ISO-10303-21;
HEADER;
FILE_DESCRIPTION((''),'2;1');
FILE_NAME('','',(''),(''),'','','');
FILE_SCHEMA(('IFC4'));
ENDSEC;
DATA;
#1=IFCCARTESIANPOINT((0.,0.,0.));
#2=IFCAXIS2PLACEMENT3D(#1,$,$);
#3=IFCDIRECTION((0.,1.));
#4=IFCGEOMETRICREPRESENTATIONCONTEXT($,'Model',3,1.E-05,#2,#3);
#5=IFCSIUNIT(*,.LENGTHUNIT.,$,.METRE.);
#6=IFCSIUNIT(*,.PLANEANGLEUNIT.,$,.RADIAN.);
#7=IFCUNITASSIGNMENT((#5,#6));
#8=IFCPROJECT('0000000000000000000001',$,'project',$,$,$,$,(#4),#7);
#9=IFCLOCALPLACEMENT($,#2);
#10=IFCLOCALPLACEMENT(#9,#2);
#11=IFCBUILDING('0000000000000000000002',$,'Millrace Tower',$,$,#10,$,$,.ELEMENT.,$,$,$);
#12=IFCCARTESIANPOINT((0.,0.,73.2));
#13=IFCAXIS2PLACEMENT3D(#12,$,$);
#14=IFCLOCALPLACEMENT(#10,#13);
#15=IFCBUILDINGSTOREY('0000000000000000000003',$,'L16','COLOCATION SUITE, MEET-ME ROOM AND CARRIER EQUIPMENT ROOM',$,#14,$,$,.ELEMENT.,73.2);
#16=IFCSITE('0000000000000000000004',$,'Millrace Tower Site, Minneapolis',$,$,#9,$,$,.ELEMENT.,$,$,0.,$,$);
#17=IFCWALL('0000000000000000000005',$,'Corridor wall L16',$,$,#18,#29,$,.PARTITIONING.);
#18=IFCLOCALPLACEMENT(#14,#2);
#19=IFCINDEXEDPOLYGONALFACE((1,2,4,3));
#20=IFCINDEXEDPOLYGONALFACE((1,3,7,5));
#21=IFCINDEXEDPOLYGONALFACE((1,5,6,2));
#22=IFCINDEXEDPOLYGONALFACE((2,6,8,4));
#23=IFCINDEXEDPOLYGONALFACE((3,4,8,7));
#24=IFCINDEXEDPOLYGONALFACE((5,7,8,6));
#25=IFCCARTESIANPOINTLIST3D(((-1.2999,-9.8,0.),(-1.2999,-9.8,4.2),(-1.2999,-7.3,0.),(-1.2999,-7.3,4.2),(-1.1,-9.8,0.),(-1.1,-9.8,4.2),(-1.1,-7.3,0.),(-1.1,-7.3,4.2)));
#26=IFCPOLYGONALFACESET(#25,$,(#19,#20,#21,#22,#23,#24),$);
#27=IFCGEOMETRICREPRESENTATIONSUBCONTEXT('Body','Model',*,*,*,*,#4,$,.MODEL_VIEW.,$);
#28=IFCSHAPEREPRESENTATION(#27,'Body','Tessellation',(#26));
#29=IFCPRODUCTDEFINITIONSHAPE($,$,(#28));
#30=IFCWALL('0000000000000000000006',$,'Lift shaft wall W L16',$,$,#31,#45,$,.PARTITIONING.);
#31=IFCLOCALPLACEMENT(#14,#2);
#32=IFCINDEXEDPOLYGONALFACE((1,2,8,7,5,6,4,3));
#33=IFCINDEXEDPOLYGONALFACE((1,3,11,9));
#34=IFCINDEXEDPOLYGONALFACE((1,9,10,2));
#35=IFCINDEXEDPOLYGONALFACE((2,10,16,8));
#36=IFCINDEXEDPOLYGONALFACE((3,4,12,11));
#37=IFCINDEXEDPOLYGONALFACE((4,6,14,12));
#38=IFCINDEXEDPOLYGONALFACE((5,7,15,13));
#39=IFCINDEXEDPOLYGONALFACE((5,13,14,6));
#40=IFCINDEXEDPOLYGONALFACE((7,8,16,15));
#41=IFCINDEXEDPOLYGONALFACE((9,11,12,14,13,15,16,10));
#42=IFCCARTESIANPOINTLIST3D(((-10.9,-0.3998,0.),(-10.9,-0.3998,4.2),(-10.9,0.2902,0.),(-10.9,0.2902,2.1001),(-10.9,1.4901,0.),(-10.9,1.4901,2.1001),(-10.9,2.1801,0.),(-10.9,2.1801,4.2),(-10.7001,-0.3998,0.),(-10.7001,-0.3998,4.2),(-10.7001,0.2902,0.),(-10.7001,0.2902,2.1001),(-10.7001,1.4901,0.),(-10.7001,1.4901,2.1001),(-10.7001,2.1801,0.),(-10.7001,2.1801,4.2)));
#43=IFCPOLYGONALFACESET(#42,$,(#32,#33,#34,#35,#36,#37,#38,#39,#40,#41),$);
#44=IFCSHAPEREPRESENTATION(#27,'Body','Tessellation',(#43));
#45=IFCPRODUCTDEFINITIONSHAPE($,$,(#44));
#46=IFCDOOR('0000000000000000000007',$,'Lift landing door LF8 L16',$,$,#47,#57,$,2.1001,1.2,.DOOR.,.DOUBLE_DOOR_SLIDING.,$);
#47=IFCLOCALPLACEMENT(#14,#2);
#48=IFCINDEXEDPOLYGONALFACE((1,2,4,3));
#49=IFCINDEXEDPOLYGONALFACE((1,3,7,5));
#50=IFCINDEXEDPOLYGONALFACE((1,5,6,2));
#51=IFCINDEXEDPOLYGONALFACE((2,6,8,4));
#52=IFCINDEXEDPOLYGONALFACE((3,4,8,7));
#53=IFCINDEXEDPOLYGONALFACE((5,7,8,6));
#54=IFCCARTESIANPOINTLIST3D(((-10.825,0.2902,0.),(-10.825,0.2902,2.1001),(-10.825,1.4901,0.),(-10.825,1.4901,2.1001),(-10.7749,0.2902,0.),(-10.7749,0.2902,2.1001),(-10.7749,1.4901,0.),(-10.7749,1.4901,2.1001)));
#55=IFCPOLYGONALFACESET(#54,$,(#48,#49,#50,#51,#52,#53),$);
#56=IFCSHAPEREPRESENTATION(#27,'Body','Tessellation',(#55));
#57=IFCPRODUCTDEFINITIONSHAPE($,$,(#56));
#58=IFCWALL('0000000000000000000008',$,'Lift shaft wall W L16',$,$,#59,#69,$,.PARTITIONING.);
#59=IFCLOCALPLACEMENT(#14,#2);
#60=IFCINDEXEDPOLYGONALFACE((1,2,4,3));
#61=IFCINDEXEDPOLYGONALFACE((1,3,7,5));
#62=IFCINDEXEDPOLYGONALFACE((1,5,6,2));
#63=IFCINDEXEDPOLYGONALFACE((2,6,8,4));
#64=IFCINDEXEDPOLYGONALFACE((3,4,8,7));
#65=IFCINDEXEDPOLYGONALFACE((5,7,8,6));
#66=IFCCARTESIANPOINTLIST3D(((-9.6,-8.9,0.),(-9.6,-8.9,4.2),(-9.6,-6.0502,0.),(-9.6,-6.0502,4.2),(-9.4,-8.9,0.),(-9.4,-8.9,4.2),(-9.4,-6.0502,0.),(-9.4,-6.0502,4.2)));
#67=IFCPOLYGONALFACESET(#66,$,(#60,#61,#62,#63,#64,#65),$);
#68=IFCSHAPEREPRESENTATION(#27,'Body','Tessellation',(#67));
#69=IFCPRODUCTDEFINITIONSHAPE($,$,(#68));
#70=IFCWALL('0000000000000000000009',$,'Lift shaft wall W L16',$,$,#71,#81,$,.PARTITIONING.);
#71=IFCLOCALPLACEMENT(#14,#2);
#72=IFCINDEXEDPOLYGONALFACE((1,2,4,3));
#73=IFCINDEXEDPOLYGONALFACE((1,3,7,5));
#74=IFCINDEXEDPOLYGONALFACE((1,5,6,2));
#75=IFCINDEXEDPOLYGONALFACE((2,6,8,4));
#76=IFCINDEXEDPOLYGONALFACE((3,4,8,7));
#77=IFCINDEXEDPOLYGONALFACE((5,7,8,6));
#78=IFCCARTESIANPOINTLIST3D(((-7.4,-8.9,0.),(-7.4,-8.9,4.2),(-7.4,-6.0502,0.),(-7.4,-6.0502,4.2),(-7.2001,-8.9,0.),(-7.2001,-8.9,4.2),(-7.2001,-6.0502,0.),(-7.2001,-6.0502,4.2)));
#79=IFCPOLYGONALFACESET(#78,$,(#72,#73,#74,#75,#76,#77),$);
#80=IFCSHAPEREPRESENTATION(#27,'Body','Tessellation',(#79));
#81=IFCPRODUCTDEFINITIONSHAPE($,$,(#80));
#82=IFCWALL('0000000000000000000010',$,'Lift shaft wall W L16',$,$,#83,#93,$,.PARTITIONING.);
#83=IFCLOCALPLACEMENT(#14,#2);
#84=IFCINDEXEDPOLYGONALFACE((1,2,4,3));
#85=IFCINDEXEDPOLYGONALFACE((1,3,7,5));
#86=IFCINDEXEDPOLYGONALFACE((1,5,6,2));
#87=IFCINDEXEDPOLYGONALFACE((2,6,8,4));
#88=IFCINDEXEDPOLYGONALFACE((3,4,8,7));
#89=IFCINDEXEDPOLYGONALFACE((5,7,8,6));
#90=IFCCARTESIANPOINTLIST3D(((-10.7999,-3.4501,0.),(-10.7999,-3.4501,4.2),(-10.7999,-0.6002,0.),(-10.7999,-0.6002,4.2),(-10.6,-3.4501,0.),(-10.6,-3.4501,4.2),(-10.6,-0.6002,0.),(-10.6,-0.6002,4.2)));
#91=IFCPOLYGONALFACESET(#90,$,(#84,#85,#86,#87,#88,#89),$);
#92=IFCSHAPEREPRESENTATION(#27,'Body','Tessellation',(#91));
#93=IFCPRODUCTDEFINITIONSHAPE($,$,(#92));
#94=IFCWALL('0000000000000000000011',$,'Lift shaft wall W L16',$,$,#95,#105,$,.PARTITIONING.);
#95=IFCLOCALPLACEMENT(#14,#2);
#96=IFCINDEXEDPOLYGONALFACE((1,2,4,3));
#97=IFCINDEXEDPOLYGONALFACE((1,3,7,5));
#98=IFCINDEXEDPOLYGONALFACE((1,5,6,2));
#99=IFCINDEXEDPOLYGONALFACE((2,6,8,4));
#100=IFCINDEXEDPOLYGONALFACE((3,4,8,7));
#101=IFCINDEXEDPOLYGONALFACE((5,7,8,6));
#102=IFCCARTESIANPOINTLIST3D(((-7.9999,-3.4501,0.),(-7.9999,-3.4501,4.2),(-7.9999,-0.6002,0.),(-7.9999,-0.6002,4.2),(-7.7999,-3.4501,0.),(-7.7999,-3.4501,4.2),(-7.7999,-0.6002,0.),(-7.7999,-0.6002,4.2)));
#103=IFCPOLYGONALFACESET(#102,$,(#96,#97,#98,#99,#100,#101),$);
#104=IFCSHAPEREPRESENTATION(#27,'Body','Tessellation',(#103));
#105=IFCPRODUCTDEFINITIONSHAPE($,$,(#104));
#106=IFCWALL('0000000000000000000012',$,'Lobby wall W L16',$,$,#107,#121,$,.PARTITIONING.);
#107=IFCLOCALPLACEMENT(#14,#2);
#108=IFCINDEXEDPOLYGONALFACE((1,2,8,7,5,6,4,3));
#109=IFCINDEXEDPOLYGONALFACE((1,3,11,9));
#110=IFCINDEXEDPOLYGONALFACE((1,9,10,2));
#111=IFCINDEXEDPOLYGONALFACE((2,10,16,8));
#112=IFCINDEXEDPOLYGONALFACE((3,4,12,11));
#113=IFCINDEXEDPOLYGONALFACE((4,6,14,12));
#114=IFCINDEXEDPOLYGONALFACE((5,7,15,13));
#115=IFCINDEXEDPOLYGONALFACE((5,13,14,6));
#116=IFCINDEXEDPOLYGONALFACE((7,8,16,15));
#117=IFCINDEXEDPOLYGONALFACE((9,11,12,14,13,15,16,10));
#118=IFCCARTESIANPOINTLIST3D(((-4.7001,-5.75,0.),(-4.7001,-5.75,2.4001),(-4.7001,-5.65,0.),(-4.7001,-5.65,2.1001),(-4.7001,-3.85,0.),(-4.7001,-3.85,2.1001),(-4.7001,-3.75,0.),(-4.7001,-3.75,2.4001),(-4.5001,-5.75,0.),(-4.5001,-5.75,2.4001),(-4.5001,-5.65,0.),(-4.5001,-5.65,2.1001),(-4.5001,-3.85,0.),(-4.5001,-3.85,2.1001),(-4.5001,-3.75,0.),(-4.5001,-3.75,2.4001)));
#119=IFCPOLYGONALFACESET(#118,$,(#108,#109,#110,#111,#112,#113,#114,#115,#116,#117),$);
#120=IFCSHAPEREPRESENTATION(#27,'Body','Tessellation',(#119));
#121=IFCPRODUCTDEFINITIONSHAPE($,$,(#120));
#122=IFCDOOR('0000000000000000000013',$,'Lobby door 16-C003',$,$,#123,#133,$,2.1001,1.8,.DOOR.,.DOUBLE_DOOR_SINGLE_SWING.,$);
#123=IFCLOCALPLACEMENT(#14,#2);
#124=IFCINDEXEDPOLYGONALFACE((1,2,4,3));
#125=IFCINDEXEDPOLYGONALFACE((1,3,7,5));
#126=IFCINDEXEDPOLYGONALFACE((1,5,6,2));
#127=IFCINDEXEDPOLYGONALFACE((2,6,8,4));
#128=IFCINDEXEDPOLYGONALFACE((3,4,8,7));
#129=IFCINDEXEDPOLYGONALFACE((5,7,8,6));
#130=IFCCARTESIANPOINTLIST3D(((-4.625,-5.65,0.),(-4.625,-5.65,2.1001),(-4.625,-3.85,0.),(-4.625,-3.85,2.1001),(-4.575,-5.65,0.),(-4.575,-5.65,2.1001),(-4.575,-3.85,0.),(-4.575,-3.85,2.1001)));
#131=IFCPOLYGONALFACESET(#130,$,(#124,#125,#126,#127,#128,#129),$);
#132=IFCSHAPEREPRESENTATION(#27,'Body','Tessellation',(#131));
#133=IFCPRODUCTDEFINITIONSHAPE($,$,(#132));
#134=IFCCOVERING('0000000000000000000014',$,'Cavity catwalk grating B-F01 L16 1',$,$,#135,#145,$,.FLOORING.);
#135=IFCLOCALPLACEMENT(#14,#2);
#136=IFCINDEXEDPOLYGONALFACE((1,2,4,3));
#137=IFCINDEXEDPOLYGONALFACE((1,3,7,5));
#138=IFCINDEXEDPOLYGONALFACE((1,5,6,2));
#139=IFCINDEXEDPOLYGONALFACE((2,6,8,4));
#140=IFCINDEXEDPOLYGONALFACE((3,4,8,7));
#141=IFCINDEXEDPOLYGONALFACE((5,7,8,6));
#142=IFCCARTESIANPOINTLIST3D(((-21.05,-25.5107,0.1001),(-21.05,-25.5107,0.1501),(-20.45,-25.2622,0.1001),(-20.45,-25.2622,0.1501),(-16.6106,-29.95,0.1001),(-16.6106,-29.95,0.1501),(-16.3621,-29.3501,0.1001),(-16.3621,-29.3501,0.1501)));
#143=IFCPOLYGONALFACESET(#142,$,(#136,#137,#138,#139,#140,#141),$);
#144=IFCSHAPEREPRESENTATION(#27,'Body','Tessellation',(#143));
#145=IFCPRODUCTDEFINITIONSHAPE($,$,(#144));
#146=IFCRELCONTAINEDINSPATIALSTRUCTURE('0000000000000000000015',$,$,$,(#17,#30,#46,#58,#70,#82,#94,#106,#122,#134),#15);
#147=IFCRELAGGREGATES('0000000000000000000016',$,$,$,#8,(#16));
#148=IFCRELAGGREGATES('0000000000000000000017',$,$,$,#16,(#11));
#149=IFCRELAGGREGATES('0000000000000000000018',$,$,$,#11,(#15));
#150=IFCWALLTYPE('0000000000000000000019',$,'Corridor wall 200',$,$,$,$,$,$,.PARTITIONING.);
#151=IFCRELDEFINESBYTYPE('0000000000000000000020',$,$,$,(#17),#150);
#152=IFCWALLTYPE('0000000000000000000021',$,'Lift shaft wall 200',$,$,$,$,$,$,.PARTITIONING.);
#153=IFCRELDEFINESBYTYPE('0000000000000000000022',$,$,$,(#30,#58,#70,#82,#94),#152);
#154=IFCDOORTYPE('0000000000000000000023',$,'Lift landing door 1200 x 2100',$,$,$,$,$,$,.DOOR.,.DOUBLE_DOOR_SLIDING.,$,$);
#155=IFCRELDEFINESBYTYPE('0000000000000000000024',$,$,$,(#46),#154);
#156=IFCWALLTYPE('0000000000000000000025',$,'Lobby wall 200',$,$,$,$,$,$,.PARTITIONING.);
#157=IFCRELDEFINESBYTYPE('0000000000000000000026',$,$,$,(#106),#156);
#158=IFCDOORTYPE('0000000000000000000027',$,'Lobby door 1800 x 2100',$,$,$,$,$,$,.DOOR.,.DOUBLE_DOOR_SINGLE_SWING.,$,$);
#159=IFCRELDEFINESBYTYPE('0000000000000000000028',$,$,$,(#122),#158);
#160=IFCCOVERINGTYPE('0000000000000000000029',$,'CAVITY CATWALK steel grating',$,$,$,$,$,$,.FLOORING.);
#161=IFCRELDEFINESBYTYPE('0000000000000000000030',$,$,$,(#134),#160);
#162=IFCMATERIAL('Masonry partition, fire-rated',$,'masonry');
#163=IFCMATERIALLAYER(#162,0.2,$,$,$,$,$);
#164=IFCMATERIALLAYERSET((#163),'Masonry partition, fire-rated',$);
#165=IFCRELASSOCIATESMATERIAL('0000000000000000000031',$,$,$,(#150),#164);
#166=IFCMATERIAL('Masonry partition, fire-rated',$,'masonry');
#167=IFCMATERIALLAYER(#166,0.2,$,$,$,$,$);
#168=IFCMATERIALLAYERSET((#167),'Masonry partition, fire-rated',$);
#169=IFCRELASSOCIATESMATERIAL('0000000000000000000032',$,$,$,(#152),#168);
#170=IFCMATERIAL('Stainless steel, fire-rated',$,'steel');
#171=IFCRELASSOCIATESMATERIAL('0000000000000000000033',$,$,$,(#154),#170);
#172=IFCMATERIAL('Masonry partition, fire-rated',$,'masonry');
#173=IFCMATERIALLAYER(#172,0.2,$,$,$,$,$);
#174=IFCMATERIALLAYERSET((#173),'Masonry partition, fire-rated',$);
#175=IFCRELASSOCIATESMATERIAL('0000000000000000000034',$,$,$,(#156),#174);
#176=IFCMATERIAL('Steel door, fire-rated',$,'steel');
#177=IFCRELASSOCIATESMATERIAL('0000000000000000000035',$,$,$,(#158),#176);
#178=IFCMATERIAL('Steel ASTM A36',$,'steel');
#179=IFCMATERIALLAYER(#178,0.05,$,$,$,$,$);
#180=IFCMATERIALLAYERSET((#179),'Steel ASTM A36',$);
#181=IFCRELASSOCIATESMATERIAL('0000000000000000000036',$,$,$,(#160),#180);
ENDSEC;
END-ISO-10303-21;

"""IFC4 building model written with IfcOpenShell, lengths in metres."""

from ifc_helpers import new_model, si_unit, direction, frame, frame_2d, origin, place, context, subcontext, project, spatial, polyline, rectangle, outline, extrude, material, layer, layer_set, type_object, element, fill, save


model = new_model("IFC4")

# Units and contexts
model_context = context("Model", 3, precision=1e-05, world=origin(), true_north=direction((0.0, 1.0)))
body_context = subcontext(model_context, "Body", "Model", "MODEL_VIEW")
ifc_project = project(units=[si_unit("LENGTHUNIT", "METRE"), si_unit("PLANEANGLEUNIT", "RADIAN")], contexts=[model_context])

# Site, building, storey
site_placement = place(None, origin())
site = spatial("IfcSite", under=ifc_project, at=site_placement, Name="Millrace Tower Site, Minneapolis", CompositionType="ELEMENT", RefElevation=0.0)
building_placement = place(site_placement, origin())
building = spatial("IfcBuilding", under=site, at=building_placement, Name="Millrace Tower", CompositionType="ELEMENT")
storey_placement = place(building_placement, frame((0.0, 0.0, 73.2)))
storey = spatial("IfcBuildingStorey", under=building, at=storey_placement, Name="L16", Description="COLOCATION SUITE, MEET-ME ROOM AND CARRIER EQUIPMENT ROOM", CompositionType="ELEMENT", Elevation=73.2)

# Shared definitions
ifc_material_1 = material(Name="Masonry partition, fire-rated", Category="masonry")
ifc_layer_1 = layer(ifc_material_1, 0.2)
ifc_layer_set_1 = layer_set([ifc_layer_1], Name="Masonry partition, fire-rated")
wall_type_1 = type_object("IfcWallType", Name="Corridor wall 200", PredefinedType="PARTITIONING", material=ifc_layer_set_1)

# Wall
wall_1_placement = place(storey_placement, frame((-1.2, -9.8, 0.0), z_axis=(0.0, 0.0, 1.0), x_axis=(0.0, 1.0, 0.0)))
element("IfcWall", 1, at=wall_1_placement, inside=storey, type_object=wall_type_1, Name="Corridor wall L16", PredefinedType="PARTITIONING", context=body_context, shape_type="SweptSolid", body=[
    extrude(rectangle(XDim=2.5, YDim=0.2, at=frame_2d((1.25, 0.0))), origin(), (0.0, 0.0, 1.0), 4.2),
])

# Wall, opening, door
ifc_material_2 = material(Name="Masonry partition, fire-rated", Category="masonry")
ifc_layer_2 = layer(ifc_material_2, 0.2)
ifc_layer_set_2 = layer_set([ifc_layer_2], Name="Masonry partition, fire-rated")
wall_type_2 = type_object("IfcWallType", Name="Lift shaft wall 200", PredefinedType="PARTITIONING", material=ifc_layer_set_2)
wall_2_placement = place(storey_placement, frame((-10.8, -0.3999, 0.0), z_axis=(0.0, 0.0, 1.0), x_axis=(0.0, 1.0, 0.0)))
wall_2 = element("IfcWall", 2, at=wall_2_placement, inside=storey, type_object=wall_type_2, Name="Lift shaft wall W L16", PredefinedType="PARTITIONING", context=body_context, shape_type="SweptSolid", body=[
    extrude(rectangle(XDim=2.5798, YDim=0.2, at=frame_2d((1.29, 0.0))), origin(), (0.0, 0.0, 1.0), 4.2),
])
opening_1_placement = place(wall_2_placement, frame((0.6899, 0.0, 0.0)))
opening_1 = element("IfcOpeningElement", 3, at=opening_1_placement, cuts=wall_2, PredefinedType="OPENING", context=body_context, shape_type="SweptSolid", body=[
    extrude(rectangle(XDim=1.2, YDim=2.1001, at=frame_2d((0.6001, 1.05))), frame((0.0, 0.1099, 0.0), z_axis=(0.0, -1.0, 0.0), x_axis=(1.0, 0.0, 0.0)), (0.0, 0.0, 1.0), 0.22),
])
ifc_material_3 = material(Name="Stainless steel, fire-rated", Category="steel")
door_type_1 = type_object("IfcDoorType", Name="Lift landing door 1200 x 2100", OperationType="DOUBLE_DOOR_SLIDING", PredefinedType="DOOR", material=ifc_material_3)
door_1_placement = place(opening_1_placement, origin())
door_1 = element("IfcDoor", 4, at=door_1_placement, inside=storey, type_object=door_type_1, Name="Lift landing door LF8 L16", OperationType="DOUBLE_DOOR_SLIDING", OverallHeight=2.1001, OverallWidth=1.2, PredefinedType="DOOR", context=body_context, shape_type="SweptSolid", body=[
    extrude(rectangle(XDim=1.2, YDim=2.1001, at=frame_2d((0.6001, 1.05))), frame((0.0, 0.0249, 0.0), z_axis=(0.0, -1.0, 0.0), x_axis=(1.0, 0.0, 0.0)), (0.0, 0.0, 1.0), 0.05),
])
fill(opening_1, door_1)

# Walls
for number, where, z_axis, x_axis, name in (
    (5, (-9.5, -8.8999, 0.0), (0.0, 0.0, 1.0), (0.0, 1.0, 0.0), "Lift shaft wall W L16"),
    (6, (-7.3, -8.8999, 0.0), (0.0, 0.0, 1.0), (0.0, 1.0, 0.0), "Lift shaft wall W L16"),
    (7, (-10.7, -3.45, 0.0), (0.0, 0.0, 1.0), (0.0, 1.0, 0.0), "Lift shaft wall W L16"),
    (8, (-7.8999, -3.45, 0.0), (0.0, 0.0, 1.0), (0.0, 1.0, 0.0), "Lift shaft wall W L16"),
):
    element("IfcWall", number, at=place(storey_placement, frame(where, z_axis=z_axis, x_axis=x_axis)), inside=storey, type_object=wall_type_2, Name=name, PredefinedType="PARTITIONING", context=body_context, shape_type="SweptSolid", body=[
        extrude(rectangle(XDim=2.8499, YDim=0.2, at=frame_2d((1.4248, 0.0))), origin(), (0.0, 0.0, 1.0), 4.2),
    ])

# Wall, opening, door
ifc_material_4 = material(Name="Masonry partition, fire-rated", Category="masonry")
ifc_layer_3 = layer(ifc_material_4, 0.2)
ifc_layer_set_3 = layer_set([ifc_layer_3], Name="Masonry partition, fire-rated")
wall_type_3 = type_object("IfcWallType", Name="Lobby wall 200", PredefinedType="PARTITIONING", material=ifc_layer_set_3)
wall_3_placement = place(storey_placement, frame((-4.6001, -5.75, 0.0), z_axis=(0.0, 0.0, 1.0), x_axis=(0.0, 1.0, 0.0)))
wall_3 = element("IfcWall", 9, at=wall_3_placement, inside=storey, type_object=wall_type_3, Name="Lobby wall W L16", PredefinedType="PARTITIONING", context=body_context, shape_type="SweptSolid", body=[
    extrude(rectangle(XDim=2.0, YDim=0.2, at=frame_2d((1.0, 0.0))), origin(), (0.0, 0.0, 1.0), 2.4001),
])
opening_2_placement = place(wall_3_placement, frame((0.1001, 0.0, 0.0)))
opening_2 = element("IfcOpeningElement", 10, at=opening_2_placement, cuts=wall_3, PredefinedType="OPENING", context=body_context, shape_type="SweptSolid", body=[
    extrude(rectangle(XDim=1.8, YDim=2.1001, at=frame_2d((0.8999, 1.05))), frame((0.0, 0.1099, 0.0), z_axis=(0.0, -1.0, 0.0), x_axis=(1.0, 0.0, 0.0)), (0.0, 0.0, 1.0), 0.22),
])
ifc_material_5 = material(Name="Steel door, fire-rated", Category="steel")
door_type_2 = type_object("IfcDoorType", Name="Lobby door 1800 x 2100", OperationType="DOUBLE_DOOR_SINGLE_SWING", PredefinedType="DOOR", material=ifc_material_5)
door_2_placement = place(opening_2_placement, origin())
door_2 = element("IfcDoor", 11, at=door_2_placement, inside=storey, type_object=door_type_2, Name="Lobby door 16-C003", OperationType="DOUBLE_DOOR_SINGLE_SWING", OverallHeight=2.1001, OverallWidth=1.8, PredefinedType="DOOR", context=body_context, shape_type="SweptSolid", body=[
    extrude(rectangle(XDim=1.8, YDim=2.1001, at=frame_2d((0.8999, 1.05))), frame((0.0, 0.0249, 0.0), z_axis=(0.0, -1.0, 0.0), x_axis=(1.0, 0.0, 0.0)), (0.0, 0.0, 1.0), 0.05),
])
fill(opening_2, door_2)

# Covering
ifc_material_6 = material(Name="Steel ASTM A36", Category="steel")
ifc_layer_4 = layer(ifc_material_6, 0.05)
ifc_layer_set_4 = layer_set([ifc_layer_4], Name="Steel ASTM A36")
covering_type = type_object("IfcCoveringType", Name="CAVITY CATWALK steel grating", PredefinedType="FLOORING", material=ifc_layer_set_4)
covering_placement = place(storey_placement, frame((0.0, 0.0, 0.1001)))
element("IfcCovering", 12, at=covering_placement, inside=storey, type_object=covering_type, Name="Cavity catwalk grating B-F01 L16 1", PredefinedType="FLOORING", context=body_context, shape_type="SweptSolid", body=[
    extrude(outline(polyline([(-21.05, -25.5107), (-16.6106, -29.95), (-16.3621, -29.3501), (-20.45, -25.2622), (-21.05, -25.5107)])), origin(), (0.0, 0.0, 1.0), 0.05),
])

save(model, "model.ifc")
